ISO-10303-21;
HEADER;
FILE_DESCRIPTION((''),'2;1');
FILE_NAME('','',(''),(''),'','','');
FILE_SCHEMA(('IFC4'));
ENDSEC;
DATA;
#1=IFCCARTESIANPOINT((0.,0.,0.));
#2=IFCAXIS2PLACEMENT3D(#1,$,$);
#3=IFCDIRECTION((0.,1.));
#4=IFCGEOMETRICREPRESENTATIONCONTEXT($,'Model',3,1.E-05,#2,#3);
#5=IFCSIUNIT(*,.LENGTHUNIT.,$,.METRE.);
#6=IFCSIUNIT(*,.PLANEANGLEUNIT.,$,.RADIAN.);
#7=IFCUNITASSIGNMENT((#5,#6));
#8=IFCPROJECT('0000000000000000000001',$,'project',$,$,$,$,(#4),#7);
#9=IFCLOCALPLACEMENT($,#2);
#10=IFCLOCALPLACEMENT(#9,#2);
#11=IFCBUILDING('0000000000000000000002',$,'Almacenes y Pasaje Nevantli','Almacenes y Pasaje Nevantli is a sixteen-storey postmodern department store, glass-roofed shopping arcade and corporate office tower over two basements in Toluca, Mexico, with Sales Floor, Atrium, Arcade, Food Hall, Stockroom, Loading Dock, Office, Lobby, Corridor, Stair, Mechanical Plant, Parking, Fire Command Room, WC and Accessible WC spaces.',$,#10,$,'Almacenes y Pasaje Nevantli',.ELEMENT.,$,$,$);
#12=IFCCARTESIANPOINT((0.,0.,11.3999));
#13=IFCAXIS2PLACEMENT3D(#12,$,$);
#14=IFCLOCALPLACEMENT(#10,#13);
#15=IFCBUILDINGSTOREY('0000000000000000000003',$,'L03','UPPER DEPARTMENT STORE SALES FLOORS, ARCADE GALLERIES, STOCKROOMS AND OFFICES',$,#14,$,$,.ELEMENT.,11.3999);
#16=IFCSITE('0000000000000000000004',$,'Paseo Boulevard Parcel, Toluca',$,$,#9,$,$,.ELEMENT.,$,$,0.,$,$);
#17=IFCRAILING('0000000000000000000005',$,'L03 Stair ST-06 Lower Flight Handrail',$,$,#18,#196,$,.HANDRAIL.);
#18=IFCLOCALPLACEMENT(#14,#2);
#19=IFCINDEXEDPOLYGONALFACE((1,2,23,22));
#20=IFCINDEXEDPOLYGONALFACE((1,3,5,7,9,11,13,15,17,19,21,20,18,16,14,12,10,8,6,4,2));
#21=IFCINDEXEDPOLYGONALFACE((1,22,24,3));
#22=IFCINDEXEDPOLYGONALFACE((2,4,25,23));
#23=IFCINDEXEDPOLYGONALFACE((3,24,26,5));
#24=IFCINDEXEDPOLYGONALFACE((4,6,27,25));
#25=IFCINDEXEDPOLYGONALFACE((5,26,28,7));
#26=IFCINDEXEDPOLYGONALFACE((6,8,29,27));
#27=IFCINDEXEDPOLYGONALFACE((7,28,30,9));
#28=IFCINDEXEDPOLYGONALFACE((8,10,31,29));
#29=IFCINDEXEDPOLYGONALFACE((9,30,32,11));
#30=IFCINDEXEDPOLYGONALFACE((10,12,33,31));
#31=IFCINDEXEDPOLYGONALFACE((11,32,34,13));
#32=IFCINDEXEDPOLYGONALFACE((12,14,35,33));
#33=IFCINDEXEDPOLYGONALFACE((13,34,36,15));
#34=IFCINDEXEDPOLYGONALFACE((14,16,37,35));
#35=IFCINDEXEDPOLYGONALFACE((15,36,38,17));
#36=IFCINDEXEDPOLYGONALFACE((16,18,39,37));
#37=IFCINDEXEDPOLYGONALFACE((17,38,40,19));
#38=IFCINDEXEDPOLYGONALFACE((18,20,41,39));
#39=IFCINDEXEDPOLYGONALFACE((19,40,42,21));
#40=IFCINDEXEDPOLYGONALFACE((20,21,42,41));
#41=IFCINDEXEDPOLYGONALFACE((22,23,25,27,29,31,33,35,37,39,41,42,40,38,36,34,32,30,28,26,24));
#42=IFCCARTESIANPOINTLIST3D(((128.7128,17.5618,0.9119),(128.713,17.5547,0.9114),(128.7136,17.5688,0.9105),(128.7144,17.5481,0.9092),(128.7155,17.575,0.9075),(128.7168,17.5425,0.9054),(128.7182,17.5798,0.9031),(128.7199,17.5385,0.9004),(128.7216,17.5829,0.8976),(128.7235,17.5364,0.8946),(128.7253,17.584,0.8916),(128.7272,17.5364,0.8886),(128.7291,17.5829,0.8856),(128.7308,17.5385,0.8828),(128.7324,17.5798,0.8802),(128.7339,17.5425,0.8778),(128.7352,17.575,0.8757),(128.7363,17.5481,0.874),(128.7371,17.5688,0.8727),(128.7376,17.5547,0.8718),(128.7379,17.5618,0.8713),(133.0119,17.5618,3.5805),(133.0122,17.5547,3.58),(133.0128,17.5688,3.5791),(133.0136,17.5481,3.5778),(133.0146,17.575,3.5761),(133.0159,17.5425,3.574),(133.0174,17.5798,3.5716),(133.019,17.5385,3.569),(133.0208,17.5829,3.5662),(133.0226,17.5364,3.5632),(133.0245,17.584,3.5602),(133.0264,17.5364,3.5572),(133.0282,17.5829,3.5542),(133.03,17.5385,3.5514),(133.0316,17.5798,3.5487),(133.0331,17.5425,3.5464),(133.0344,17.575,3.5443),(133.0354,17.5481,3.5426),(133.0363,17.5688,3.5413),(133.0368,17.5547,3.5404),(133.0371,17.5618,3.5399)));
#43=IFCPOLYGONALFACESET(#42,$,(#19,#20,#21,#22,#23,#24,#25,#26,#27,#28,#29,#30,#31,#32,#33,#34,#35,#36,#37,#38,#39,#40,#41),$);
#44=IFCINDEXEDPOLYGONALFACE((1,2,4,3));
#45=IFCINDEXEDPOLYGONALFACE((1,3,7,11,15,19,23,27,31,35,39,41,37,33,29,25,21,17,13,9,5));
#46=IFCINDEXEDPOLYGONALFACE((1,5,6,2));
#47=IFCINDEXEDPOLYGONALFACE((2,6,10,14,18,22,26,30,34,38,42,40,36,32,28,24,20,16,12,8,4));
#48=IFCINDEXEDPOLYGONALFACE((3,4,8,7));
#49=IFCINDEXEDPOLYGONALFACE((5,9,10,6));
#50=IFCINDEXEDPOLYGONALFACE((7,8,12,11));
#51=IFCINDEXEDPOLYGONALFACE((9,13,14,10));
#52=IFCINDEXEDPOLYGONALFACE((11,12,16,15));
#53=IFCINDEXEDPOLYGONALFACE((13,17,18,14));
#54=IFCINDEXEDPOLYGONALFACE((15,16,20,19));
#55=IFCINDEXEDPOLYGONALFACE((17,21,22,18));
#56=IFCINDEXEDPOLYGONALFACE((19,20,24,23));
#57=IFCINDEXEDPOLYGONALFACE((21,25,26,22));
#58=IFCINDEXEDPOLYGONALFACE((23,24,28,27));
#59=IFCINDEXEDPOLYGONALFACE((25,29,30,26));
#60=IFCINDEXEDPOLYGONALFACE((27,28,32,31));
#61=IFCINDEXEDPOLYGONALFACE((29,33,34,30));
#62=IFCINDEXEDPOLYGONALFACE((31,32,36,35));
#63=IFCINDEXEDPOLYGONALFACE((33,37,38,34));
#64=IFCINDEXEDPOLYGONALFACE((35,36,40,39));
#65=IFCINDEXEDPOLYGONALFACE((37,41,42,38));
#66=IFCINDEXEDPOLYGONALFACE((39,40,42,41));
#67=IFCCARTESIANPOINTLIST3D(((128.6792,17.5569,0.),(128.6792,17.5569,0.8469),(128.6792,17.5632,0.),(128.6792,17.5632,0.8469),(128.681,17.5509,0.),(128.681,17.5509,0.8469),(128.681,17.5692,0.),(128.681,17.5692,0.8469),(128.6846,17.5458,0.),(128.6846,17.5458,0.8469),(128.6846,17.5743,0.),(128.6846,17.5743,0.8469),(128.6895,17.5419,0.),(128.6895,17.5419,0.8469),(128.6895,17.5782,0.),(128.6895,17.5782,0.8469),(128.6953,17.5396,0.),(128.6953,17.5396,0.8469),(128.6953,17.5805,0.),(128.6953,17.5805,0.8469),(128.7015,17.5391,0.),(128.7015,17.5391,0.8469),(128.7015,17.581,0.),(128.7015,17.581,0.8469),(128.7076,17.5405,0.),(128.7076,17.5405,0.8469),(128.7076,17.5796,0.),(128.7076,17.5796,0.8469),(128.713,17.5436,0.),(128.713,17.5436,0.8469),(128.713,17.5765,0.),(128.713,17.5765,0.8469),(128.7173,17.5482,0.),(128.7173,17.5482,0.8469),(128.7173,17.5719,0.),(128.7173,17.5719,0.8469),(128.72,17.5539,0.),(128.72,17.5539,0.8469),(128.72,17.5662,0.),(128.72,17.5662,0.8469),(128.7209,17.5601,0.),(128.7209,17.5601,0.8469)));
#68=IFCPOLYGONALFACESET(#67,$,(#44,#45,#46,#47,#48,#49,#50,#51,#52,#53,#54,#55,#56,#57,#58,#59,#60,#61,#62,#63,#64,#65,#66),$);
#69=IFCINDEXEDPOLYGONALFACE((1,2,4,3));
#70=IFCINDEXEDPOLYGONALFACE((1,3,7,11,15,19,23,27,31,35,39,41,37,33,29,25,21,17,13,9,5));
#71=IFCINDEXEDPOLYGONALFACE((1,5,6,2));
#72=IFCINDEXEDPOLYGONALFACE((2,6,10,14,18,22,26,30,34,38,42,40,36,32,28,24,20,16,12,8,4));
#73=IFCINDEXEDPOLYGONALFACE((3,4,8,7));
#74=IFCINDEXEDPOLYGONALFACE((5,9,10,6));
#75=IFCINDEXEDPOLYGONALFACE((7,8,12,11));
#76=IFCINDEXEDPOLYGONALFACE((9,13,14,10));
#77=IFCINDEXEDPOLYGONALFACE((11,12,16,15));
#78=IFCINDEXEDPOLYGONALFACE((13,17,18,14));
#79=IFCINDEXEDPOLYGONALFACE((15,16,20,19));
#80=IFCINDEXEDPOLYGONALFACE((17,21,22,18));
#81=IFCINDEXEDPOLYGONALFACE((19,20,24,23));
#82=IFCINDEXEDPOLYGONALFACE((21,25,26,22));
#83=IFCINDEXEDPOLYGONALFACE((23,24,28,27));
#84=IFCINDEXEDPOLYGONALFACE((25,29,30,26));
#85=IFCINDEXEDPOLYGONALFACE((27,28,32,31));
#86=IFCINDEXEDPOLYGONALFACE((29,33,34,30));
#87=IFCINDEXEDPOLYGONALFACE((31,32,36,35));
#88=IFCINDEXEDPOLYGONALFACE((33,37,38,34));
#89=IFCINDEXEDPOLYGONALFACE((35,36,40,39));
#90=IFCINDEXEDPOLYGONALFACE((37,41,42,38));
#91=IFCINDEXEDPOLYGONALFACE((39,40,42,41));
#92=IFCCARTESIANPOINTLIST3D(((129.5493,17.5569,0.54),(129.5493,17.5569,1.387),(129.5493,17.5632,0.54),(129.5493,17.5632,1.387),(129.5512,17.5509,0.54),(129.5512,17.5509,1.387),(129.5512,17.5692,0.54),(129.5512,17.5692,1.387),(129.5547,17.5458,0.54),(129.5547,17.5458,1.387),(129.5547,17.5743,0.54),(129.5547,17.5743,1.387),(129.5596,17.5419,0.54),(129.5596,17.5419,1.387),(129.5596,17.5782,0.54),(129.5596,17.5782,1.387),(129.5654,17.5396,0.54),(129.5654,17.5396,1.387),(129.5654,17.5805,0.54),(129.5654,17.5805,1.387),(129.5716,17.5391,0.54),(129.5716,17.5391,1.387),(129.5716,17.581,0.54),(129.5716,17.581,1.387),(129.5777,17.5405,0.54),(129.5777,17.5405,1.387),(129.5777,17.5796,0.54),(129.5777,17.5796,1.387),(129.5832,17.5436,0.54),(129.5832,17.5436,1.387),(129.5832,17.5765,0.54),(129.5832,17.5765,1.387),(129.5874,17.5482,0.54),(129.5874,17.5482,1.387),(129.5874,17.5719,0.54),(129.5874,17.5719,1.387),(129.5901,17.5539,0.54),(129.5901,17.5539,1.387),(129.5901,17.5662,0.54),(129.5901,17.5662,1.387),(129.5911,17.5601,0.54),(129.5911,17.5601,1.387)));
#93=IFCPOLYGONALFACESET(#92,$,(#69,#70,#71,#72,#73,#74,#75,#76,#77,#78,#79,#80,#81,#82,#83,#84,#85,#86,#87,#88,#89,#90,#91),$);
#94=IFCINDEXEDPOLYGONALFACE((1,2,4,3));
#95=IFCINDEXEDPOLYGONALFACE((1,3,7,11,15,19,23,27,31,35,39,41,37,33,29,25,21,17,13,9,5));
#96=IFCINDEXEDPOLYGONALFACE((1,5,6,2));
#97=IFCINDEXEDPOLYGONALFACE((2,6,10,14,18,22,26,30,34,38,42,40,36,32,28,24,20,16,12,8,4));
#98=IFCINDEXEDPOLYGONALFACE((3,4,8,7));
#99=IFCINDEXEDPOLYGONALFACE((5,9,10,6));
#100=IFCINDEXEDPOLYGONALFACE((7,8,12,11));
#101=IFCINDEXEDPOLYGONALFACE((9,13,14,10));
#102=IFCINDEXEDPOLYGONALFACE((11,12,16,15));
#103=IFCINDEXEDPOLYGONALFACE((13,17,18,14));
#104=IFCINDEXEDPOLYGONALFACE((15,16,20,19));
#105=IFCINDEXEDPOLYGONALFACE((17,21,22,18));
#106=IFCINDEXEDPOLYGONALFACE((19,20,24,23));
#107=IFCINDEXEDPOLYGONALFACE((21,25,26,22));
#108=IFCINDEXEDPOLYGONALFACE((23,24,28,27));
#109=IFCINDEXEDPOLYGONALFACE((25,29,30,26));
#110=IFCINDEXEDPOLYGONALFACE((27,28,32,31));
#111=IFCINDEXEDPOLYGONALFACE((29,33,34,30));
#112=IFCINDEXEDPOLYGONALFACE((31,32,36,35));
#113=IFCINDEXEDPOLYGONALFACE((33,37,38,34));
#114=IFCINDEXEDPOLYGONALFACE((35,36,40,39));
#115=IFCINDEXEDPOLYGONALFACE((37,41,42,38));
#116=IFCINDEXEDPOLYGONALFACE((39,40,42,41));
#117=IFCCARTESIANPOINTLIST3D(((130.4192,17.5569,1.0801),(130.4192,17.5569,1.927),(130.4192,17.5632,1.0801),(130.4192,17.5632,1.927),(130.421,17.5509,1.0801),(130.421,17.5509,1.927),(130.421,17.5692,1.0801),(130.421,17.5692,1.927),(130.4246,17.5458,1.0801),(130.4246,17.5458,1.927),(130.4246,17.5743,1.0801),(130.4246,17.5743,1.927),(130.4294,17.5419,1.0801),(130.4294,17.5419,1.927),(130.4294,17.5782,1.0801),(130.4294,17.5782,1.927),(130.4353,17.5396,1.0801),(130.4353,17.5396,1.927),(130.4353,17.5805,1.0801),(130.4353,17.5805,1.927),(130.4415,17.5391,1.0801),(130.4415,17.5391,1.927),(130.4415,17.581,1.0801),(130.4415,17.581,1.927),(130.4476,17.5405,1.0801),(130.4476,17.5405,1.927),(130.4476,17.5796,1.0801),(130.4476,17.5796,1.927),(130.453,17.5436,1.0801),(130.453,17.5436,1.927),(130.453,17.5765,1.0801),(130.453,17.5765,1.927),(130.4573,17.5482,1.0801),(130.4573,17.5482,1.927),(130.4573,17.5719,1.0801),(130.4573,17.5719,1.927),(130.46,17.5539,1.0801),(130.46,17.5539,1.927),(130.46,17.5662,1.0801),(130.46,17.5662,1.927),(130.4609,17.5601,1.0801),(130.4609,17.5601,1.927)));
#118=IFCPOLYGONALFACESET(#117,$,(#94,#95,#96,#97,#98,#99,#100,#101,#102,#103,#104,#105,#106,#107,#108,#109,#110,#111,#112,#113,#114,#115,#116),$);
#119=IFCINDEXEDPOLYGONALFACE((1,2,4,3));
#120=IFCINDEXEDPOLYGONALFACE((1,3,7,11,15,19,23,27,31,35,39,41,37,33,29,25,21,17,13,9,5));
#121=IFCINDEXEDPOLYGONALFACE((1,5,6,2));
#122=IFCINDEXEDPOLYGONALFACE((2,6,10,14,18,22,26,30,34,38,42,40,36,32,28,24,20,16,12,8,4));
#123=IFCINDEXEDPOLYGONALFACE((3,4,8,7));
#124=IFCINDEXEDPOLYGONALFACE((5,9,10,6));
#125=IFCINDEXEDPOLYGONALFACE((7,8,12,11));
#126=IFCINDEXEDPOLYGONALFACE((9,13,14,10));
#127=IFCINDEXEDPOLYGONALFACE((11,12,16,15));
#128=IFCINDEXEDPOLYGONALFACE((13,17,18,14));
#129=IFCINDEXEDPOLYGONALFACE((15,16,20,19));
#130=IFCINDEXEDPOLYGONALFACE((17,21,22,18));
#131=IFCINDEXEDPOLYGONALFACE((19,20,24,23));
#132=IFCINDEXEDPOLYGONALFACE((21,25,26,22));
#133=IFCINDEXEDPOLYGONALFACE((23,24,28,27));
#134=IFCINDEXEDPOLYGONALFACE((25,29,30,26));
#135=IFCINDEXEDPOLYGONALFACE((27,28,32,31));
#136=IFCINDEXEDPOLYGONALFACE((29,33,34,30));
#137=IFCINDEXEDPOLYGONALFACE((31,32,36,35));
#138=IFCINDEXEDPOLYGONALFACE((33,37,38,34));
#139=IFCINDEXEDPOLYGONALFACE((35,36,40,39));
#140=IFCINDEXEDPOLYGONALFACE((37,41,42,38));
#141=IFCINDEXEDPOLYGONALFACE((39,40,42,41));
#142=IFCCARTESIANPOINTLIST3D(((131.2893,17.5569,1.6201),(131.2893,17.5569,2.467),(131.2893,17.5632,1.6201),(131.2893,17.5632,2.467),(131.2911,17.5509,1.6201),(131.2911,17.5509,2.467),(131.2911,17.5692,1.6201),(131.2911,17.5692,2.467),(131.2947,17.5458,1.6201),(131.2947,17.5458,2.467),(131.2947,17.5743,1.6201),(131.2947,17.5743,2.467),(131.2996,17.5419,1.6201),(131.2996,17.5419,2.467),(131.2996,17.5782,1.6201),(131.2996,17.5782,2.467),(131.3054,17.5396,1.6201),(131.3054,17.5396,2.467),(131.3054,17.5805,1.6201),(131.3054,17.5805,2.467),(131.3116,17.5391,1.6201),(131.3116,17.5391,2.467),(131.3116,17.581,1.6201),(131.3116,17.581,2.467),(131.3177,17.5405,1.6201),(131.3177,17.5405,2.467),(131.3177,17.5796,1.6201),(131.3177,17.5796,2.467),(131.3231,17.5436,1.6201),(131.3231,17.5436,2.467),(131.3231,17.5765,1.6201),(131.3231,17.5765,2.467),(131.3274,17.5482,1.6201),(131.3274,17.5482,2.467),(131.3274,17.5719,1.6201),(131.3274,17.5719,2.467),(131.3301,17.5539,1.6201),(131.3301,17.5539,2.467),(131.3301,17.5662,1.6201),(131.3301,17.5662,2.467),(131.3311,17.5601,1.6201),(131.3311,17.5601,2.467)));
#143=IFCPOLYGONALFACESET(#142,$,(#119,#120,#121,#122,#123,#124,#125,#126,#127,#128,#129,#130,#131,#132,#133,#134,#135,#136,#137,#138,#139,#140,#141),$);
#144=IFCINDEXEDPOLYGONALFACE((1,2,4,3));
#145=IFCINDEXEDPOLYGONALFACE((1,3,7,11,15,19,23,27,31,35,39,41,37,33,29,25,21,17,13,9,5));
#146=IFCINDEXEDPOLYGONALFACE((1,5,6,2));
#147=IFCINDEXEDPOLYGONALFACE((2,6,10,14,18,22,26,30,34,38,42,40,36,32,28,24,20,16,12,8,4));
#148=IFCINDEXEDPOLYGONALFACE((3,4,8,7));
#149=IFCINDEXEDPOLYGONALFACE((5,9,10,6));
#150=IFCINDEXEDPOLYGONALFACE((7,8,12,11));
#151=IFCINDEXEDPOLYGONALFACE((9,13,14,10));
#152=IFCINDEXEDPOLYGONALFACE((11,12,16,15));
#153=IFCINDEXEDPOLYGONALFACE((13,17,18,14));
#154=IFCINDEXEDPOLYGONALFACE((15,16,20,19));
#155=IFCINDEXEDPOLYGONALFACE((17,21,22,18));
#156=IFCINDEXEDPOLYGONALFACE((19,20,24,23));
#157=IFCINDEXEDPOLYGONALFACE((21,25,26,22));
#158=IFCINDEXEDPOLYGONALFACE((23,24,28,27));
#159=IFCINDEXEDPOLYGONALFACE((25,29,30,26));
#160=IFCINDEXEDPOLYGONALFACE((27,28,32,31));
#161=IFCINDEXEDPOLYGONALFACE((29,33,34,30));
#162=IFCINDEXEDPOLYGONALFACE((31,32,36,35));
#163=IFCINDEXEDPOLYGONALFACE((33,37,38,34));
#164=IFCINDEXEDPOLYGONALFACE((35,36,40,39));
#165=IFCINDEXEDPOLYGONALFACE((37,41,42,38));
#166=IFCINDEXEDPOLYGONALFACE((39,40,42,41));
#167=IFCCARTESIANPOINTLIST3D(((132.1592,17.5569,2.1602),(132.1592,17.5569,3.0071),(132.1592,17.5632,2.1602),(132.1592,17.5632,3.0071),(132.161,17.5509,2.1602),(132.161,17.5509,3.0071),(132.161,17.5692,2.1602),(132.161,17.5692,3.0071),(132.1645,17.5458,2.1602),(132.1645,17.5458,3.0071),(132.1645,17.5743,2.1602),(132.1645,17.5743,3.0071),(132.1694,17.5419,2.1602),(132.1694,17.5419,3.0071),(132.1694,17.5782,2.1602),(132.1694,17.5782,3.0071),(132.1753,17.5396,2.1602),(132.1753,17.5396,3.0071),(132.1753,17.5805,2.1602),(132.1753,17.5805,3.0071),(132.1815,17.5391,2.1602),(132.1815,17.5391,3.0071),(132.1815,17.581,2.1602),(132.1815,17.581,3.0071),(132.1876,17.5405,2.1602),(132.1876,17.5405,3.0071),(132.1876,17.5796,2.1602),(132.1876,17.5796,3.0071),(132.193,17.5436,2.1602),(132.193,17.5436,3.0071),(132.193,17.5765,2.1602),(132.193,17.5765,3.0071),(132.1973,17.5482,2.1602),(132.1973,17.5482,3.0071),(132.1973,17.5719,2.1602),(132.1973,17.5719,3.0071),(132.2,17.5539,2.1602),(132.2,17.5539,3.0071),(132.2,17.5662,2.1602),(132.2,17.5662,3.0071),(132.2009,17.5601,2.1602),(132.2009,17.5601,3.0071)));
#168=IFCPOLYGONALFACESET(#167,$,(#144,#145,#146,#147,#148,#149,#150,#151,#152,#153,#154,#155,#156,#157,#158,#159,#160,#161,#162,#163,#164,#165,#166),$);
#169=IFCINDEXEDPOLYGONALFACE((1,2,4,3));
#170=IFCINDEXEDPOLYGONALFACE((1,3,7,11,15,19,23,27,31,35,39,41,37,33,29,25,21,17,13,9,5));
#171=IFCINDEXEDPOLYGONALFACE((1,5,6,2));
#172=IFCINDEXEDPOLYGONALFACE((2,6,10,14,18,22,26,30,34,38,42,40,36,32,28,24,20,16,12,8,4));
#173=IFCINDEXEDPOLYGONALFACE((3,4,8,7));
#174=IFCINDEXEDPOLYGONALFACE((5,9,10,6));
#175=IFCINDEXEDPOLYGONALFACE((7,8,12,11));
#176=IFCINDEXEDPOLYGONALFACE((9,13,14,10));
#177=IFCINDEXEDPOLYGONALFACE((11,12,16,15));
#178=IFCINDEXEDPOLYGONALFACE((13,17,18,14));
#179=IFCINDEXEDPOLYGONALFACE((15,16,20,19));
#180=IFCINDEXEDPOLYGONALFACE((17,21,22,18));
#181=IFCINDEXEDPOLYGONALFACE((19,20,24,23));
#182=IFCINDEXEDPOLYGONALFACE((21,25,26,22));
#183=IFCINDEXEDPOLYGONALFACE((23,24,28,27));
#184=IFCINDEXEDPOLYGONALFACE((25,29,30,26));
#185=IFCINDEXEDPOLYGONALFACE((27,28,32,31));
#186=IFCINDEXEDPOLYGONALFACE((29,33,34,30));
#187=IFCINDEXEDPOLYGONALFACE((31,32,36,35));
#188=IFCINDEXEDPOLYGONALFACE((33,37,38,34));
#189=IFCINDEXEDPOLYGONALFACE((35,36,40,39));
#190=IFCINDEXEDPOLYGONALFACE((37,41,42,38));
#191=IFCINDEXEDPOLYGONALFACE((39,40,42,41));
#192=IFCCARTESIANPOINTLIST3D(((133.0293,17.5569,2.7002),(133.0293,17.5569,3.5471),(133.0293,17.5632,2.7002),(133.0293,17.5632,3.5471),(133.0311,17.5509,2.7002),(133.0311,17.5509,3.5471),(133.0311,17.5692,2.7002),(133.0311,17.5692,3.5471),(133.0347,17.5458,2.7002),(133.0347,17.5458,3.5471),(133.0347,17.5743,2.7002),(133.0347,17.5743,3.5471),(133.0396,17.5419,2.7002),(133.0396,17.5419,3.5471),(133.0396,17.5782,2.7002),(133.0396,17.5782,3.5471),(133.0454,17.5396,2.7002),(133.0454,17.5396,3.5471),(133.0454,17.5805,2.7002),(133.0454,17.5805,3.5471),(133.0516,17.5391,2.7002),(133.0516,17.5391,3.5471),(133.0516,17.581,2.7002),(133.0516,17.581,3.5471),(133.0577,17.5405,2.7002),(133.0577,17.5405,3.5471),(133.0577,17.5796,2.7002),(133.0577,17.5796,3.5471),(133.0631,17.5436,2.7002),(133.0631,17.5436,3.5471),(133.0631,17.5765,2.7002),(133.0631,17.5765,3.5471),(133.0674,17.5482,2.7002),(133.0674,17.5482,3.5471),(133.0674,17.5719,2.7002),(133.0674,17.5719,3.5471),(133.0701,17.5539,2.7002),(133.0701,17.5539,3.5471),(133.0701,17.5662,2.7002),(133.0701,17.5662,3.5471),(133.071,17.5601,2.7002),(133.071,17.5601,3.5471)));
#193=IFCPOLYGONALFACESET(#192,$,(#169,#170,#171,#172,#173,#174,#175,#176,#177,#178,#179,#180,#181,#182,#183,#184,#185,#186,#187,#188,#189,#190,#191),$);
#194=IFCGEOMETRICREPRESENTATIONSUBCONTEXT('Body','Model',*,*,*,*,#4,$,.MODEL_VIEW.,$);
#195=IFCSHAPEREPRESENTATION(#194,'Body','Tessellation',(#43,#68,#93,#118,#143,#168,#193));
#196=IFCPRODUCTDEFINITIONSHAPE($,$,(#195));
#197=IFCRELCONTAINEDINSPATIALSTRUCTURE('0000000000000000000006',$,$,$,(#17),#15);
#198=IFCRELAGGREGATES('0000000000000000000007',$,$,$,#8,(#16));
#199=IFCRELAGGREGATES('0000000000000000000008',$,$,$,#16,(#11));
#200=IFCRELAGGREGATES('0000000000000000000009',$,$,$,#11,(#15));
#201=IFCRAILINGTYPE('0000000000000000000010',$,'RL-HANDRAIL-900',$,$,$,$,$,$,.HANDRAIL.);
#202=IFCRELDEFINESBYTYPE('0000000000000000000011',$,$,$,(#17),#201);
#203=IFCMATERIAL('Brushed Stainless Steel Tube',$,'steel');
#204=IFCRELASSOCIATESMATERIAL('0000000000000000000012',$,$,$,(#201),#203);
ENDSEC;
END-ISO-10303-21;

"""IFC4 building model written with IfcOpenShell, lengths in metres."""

from ifc_helpers import new_model, si_unit, direction, frame, origin, origin_2d, place, context, subcontext, project, spatial, circle, extrude, material, type_object, element, save


model = new_model("IFC4")

# Units and contexts
model_context = context("Model", 3, precision=1e-05, world=origin(), true_north=direction((0.0, 1.0)))
body_context = subcontext(model_context, "Body", "Model", "MODEL_VIEW")
ifc_project = project(units=[si_unit("LENGTHUNIT", "METRE"), si_unit("PLANEANGLEUNIT", "RADIAN")], contexts=[model_context])

# Site, building, storey
site_placement = place(None, origin())
site = spatial("IfcSite", under=ifc_project, at=site_placement, Name="Paseo Boulevard Parcel, Toluca", CompositionType="ELEMENT", RefElevation=0.0)
building_placement = place(site_placement, origin())
building = spatial("IfcBuilding", under=site, at=building_placement, Name="Almacenes y Pasaje Nevantli", Description="Almacenes y Pasaje Nevantli is a sixteen-storey postmodern department store, glass-roofed shopping arcade and corporate office tower over two basements in Toluca, Mexico, with Sales Floor, Atrium, Arcade, Food Hall, Stockroom, Loading Dock, Office, Lobby, Corridor, Stair, Mechanical Plant, Parking, Fire Command Room, WC and Accessible WC spaces.", LongName="Almacenes y Pasaje Nevantli", CompositionType="ELEMENT")
storey_placement = place(building_placement, frame((0.0, 0.0, 11.3999)))
storey = spatial("IfcBuildingStorey", under=building, at=storey_placement, Name="L03", Description="UPPER DEPARTMENT STORE SALES FLOORS, ARCADE GALLERIES, STOCKROOMS AND OFFICES", CompositionType="ELEMENT", Elevation=11.3999)

# Railing
ifc_material_1 = material(Name="Brushed Stainless Steel Tube", Category="steel")
railing_type_1 = type_object("IfcRailingType", Name="RL-HANDRAIL-900", PredefinedType="HANDRAIL", material=ifc_material_1)
railing_1_placement = place(storey_placement, frame((128.7, 17.5601, 0.0)))
element("IfcRailing", 1, at=railing_1_placement, inside=storey, type_object=railing_type_1, Name="L03 Stair ST-06 Lower Flight Handrail", PredefinedType="HANDRAIL", context=body_context, shape_type="SweptSolid", body=[
    extrude(circle(Radius=0.0239, at=origin_2d()), frame((0.0254, 0.0, 0.8916), z_axis=(0.849628, 0.0, 0.527382), x_axis=(0.0, 1.0, 0.0)), (0.0, 0.0, 1.0), 5.0601),
    extrude(circle(Radius=0.021, at=origin_2d()), origin(), (0.0, 0.0, 1.0), 0.8469),
    extrude(circle(Radius=0.021, at=origin_2d()), frame((0.8701, 0.0, 0.54)), (0.0, 0.0, 1.0), 0.8469),
    extrude(circle(Radius=0.021, at=origin_2d()), frame((1.74, 0.0, 1.0801)), (0.0, 0.0, 1.0), 0.8469),
    extrude(circle(Radius=0.021, at=origin_2d()), frame((2.6101, 0.0, 1.6201)), (0.0, 0.0, 1.0), 0.8469),
    extrude(circle(Radius=0.021, at=origin_2d()), frame((3.48, 0.0, 2.1602)), (0.0, 0.0, 1.0), 0.8469),
    extrude(circle(Radius=0.021, at=origin_2d()), frame((4.3501, 0.0, 2.7002)), (0.0, 0.0, 1.0), 0.8469),
])

save(model, "model.ifc")
